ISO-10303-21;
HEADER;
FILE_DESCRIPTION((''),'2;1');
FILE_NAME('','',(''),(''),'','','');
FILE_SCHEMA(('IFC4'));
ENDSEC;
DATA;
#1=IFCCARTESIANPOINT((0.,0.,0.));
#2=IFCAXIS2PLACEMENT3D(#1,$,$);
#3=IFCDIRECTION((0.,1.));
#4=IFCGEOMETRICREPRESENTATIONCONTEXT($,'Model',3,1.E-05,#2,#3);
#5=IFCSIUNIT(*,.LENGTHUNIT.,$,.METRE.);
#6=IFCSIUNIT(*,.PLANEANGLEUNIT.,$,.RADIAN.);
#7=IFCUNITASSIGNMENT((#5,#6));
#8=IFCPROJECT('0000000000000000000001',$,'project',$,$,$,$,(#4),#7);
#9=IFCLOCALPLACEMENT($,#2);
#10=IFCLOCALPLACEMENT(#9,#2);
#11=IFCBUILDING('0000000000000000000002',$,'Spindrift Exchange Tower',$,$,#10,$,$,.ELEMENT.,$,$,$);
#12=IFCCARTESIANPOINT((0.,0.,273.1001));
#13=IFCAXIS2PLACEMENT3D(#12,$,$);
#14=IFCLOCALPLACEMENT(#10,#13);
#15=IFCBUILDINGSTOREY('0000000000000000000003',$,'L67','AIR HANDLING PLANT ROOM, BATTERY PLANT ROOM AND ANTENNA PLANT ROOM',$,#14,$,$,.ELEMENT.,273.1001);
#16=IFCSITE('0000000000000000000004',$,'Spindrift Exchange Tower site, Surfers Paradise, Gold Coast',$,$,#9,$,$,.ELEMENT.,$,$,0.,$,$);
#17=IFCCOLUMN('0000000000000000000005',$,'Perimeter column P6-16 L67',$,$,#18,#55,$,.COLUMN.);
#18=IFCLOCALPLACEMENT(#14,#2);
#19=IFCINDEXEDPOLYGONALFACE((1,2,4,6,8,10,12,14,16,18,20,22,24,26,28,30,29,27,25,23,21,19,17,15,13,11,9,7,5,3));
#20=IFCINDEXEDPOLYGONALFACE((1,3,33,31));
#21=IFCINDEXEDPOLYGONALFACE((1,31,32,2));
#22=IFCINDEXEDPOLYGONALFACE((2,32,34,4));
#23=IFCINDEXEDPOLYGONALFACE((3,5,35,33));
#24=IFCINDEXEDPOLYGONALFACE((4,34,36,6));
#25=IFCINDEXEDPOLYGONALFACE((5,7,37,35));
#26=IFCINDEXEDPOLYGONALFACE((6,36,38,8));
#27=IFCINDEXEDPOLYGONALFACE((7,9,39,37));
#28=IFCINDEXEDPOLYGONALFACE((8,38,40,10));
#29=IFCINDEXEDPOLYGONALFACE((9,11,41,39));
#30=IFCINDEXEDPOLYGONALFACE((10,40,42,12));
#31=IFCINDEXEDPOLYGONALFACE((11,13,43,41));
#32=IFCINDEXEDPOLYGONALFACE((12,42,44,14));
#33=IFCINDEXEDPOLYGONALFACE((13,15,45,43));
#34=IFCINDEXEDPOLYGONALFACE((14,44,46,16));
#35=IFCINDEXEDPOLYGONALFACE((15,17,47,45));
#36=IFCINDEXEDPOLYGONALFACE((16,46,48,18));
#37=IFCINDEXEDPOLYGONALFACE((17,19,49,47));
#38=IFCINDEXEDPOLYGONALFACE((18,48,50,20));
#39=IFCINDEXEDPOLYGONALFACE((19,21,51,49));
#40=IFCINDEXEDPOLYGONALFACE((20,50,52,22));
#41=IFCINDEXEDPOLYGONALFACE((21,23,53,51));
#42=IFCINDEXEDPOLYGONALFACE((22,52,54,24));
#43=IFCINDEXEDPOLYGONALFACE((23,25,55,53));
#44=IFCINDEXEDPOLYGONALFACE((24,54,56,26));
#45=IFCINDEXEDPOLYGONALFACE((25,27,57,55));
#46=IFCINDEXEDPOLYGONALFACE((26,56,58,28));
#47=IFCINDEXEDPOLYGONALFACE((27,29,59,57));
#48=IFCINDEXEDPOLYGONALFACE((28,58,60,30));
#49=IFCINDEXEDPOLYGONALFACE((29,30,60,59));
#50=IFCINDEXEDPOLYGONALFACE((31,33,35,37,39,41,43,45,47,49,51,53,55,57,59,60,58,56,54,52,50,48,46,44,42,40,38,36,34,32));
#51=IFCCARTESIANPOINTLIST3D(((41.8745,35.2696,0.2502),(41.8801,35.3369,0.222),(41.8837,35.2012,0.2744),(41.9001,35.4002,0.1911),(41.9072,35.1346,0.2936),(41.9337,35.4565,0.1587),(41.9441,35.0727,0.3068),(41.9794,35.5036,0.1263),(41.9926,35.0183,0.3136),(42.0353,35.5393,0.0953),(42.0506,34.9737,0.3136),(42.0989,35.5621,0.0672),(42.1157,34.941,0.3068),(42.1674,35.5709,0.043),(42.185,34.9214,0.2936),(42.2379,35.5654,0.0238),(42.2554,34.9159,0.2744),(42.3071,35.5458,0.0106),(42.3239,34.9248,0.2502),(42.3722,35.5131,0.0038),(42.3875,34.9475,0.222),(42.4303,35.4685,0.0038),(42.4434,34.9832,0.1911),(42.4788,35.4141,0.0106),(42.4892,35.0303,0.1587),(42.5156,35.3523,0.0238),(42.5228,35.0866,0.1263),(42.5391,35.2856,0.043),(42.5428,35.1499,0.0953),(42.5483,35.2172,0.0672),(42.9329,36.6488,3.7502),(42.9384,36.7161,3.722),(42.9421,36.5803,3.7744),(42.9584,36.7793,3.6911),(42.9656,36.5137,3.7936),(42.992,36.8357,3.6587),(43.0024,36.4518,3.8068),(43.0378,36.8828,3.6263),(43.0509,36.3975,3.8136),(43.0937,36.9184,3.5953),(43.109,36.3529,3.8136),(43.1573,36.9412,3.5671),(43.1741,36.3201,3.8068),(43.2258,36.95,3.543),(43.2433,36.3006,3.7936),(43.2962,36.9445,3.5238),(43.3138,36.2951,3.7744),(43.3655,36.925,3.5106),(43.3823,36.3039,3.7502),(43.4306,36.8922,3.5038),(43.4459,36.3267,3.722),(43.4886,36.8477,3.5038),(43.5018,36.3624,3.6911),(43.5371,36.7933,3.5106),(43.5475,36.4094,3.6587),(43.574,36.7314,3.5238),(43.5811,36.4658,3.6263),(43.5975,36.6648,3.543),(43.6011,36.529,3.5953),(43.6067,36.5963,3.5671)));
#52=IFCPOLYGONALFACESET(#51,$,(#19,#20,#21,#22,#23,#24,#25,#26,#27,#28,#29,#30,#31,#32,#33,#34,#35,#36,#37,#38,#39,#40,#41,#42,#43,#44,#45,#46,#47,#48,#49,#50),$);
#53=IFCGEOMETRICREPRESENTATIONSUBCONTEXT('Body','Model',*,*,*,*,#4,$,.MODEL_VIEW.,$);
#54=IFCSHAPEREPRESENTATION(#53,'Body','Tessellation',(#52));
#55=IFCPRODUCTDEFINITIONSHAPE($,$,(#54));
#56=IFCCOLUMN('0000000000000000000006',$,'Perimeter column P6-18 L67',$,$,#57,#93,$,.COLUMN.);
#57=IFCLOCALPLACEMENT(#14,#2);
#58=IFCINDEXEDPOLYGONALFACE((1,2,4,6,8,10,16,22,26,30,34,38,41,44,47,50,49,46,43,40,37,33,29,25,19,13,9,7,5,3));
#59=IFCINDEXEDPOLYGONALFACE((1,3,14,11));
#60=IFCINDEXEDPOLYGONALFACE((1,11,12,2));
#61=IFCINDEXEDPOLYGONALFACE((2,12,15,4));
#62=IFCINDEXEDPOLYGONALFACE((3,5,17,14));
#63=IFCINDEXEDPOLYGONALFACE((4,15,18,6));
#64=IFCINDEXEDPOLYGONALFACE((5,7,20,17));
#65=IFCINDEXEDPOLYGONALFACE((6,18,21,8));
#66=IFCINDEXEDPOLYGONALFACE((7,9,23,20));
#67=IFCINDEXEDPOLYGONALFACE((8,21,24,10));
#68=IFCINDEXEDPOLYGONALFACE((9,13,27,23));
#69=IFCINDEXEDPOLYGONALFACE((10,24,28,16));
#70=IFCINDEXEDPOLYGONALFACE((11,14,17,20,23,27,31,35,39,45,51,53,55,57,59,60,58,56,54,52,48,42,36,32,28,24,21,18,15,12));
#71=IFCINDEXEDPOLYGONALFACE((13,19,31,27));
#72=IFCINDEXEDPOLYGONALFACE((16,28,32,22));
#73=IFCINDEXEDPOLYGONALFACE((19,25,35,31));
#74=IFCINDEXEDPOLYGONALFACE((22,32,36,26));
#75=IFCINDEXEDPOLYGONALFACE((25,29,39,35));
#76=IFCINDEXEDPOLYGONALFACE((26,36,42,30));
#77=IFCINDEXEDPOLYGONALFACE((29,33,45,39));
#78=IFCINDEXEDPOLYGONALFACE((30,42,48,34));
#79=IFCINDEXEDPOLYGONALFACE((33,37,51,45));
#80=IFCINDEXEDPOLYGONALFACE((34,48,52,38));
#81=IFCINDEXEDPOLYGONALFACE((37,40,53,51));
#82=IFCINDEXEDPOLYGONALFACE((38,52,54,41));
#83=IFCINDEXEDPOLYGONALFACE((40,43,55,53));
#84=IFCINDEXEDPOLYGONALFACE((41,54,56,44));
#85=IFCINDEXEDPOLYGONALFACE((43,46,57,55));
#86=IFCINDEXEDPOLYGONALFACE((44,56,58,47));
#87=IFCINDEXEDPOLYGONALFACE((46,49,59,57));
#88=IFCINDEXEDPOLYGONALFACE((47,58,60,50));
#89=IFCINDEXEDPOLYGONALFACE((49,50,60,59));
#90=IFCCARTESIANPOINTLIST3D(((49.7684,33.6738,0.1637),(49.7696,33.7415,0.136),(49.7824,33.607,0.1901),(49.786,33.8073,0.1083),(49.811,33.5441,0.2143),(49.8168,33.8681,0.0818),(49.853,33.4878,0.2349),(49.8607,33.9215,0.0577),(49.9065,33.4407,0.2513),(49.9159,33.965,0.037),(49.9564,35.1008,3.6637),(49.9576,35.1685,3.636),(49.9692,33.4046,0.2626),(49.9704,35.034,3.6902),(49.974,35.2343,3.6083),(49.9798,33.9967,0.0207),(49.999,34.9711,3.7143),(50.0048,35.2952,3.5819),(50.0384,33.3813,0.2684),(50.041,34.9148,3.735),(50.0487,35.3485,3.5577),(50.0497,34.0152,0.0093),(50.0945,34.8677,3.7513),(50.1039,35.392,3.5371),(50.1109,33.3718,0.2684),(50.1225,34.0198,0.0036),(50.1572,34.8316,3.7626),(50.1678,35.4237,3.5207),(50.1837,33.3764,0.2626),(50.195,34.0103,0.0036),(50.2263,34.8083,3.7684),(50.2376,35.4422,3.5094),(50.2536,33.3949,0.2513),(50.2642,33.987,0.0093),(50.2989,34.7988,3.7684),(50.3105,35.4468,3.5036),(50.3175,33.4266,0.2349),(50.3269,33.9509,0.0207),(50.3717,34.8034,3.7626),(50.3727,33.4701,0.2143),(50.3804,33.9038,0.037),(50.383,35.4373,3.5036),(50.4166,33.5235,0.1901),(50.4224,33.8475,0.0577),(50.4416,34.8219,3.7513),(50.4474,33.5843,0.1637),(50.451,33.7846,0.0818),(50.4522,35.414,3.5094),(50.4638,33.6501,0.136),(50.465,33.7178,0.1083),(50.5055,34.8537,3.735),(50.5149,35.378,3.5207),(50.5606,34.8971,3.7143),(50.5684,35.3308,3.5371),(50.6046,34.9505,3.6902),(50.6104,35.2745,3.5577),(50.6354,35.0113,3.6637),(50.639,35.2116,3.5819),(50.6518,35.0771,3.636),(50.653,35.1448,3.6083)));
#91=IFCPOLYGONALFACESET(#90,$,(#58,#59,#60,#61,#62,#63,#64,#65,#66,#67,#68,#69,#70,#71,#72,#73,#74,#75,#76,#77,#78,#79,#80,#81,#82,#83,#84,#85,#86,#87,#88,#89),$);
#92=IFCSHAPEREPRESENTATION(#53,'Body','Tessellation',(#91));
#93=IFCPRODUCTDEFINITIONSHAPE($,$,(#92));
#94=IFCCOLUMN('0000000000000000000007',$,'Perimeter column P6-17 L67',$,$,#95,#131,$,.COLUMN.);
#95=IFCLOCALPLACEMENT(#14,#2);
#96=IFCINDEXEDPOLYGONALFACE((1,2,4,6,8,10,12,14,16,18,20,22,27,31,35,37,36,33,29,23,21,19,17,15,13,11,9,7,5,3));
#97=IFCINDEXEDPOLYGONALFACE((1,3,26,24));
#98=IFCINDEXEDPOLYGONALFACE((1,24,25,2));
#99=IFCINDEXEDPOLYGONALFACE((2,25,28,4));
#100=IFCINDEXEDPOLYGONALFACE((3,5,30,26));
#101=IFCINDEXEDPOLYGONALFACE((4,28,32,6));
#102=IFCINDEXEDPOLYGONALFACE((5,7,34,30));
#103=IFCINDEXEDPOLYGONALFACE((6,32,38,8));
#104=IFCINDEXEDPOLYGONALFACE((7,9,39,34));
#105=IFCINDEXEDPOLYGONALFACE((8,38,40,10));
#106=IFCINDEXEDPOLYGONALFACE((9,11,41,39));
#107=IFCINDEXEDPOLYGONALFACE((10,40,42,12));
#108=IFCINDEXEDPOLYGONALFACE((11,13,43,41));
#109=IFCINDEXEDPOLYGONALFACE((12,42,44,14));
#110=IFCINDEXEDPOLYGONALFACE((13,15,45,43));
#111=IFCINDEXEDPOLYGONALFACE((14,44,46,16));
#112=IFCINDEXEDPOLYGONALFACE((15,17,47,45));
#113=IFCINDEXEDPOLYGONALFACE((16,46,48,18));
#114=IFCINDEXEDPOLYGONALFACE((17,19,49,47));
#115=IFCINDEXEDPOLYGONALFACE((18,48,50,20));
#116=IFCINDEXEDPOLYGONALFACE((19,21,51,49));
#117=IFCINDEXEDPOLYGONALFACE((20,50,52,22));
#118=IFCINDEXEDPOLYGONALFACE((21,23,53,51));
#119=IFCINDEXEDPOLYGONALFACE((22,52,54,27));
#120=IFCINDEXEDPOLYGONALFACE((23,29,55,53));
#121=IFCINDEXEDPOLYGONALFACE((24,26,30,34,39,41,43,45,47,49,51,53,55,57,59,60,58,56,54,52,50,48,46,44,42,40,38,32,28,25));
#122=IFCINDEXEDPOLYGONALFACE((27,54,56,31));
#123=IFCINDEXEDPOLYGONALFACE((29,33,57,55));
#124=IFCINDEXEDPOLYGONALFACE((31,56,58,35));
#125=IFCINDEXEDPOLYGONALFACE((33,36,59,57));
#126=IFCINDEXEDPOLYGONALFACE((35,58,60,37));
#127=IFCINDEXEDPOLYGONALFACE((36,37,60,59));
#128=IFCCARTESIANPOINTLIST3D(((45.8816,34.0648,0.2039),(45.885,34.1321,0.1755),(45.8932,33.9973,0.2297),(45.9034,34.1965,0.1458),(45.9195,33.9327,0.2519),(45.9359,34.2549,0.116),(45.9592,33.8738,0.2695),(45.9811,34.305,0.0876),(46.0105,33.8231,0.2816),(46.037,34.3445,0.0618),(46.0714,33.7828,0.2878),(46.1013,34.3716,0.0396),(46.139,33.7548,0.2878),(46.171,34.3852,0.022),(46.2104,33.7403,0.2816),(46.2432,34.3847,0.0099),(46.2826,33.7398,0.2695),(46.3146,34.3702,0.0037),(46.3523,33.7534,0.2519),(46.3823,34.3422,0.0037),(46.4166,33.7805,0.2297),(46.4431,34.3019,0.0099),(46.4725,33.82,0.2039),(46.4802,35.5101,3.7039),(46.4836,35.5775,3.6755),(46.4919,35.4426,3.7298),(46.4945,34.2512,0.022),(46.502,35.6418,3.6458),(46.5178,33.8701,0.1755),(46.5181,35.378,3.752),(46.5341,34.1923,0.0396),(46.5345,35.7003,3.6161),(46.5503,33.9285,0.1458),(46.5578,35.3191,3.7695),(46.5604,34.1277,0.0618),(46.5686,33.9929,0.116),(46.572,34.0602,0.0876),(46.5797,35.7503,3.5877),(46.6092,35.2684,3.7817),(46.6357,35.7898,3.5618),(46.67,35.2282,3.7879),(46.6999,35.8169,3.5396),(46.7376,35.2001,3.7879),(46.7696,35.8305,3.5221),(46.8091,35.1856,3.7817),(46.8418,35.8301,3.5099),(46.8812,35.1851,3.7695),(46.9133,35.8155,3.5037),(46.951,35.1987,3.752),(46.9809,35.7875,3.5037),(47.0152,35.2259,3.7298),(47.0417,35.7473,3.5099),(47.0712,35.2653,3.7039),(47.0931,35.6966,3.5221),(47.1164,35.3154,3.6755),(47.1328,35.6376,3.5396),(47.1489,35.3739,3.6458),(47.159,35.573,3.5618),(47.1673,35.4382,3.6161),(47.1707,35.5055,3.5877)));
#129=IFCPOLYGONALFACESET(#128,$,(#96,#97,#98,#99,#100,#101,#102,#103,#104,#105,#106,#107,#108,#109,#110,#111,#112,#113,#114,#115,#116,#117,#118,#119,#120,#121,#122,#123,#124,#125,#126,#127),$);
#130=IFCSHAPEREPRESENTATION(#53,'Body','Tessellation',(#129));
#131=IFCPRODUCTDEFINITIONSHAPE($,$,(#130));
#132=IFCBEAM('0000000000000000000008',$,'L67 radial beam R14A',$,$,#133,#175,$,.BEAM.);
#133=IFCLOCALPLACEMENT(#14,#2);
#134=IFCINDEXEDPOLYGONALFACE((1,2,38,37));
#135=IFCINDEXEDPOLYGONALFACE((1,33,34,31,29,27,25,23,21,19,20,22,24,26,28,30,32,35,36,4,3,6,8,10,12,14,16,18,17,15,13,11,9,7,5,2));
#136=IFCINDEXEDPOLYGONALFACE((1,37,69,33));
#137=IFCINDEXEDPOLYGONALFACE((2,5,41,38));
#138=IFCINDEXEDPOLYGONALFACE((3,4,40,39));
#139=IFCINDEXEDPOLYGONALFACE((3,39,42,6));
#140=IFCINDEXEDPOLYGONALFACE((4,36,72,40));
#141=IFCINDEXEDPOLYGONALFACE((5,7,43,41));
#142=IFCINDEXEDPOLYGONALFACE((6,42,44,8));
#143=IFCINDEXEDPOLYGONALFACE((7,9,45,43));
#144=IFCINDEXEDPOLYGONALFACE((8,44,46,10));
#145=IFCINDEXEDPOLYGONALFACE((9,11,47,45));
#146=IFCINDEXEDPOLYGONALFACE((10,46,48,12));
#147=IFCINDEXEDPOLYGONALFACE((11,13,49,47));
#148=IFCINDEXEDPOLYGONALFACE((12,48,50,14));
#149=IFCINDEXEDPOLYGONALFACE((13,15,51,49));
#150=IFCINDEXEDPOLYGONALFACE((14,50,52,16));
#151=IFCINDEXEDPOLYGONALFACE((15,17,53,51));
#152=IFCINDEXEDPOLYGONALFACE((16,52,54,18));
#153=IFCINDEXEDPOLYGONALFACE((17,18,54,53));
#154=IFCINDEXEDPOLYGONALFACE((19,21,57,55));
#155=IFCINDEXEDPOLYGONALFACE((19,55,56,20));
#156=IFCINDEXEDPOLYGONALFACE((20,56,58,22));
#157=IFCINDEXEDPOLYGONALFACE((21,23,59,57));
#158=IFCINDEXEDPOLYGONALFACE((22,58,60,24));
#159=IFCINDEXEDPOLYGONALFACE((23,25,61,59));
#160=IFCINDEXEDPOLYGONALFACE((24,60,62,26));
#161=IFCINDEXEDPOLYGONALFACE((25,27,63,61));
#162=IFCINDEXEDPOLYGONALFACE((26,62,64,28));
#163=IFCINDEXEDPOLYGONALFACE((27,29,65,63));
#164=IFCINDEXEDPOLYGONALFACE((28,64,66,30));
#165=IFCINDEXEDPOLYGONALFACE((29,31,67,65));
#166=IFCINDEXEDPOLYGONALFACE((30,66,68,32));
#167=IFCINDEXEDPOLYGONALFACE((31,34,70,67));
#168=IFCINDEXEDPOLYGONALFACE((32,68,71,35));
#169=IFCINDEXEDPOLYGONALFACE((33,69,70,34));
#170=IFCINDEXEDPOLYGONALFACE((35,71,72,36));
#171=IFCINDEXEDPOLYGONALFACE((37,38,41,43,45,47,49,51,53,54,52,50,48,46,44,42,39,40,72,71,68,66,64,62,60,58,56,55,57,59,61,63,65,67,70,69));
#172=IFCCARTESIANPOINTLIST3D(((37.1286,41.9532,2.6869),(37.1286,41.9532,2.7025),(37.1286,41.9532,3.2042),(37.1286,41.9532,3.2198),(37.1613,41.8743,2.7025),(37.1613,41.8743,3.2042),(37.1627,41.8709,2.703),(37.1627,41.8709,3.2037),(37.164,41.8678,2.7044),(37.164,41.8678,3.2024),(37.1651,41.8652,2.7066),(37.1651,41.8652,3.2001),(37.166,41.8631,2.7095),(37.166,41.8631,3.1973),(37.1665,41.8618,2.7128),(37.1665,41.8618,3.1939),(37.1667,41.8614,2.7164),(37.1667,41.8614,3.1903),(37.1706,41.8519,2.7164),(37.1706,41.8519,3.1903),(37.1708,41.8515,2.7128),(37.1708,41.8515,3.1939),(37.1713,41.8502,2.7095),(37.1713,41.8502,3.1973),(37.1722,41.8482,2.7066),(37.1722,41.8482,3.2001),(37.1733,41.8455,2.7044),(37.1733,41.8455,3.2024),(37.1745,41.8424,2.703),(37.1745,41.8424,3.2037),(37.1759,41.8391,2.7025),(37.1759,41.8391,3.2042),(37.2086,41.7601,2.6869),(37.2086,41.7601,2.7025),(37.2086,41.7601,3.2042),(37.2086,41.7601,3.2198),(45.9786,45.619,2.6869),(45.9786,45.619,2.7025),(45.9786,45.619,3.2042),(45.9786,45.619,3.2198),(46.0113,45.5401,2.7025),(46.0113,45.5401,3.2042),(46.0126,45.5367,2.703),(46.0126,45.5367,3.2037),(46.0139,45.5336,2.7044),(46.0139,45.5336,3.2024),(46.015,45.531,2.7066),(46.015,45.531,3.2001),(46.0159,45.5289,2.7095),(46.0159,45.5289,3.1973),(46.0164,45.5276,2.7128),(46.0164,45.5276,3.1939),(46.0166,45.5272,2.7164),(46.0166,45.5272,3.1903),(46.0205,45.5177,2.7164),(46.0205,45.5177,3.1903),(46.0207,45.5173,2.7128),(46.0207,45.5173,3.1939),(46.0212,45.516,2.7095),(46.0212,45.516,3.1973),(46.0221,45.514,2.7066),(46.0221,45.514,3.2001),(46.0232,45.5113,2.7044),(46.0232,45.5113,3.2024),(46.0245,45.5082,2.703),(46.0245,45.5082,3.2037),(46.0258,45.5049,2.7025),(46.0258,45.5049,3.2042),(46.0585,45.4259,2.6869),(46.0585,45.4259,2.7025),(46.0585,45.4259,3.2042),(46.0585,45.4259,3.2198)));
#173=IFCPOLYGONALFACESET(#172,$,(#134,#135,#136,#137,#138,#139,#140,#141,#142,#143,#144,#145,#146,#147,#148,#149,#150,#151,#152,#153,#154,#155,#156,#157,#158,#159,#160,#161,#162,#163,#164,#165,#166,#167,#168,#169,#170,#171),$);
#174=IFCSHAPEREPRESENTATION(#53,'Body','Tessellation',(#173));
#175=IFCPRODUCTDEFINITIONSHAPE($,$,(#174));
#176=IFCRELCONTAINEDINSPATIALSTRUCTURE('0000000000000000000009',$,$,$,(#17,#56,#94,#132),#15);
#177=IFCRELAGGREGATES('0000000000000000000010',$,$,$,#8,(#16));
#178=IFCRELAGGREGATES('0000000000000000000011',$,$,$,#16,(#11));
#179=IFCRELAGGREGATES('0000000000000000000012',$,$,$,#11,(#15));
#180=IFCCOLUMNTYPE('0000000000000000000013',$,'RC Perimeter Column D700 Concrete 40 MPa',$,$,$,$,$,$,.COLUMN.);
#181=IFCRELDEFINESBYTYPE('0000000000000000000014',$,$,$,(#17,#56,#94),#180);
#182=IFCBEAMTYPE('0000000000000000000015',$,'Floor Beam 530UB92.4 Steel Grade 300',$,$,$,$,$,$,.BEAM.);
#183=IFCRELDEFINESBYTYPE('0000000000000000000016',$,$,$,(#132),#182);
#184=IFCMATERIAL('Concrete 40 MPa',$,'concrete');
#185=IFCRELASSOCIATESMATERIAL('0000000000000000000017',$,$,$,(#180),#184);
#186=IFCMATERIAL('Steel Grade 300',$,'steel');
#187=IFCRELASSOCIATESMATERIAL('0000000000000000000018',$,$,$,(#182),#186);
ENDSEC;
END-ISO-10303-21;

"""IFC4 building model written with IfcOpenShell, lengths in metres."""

from ifc_helpers import new_model, si_unit, direction, frame, origin, origin_2d, place, context, subcontext, project, spatial, circle, i_section, extrude, source, transform, mapped, material, material_profile, profile_set, type_object, element, save


model = new_model("IFC4")

# Units and contexts
model_context = context("Model", 3, precision=1e-05, world=origin(), true_north=direction((0.0, 1.0)))
body_context = subcontext(model_context, "Body", "Model", "MODEL_VIEW")
ifc_project = project(units=[si_unit("LENGTHUNIT", "METRE"), si_unit("PLANEANGLEUNIT", "RADIAN")], contexts=[model_context])

# Site, building, storey
site_placement = place(None, origin())
site = spatial("IfcSite", under=ifc_project, at=site_placement, Name="Spindrift Exchange Tower site, Surfers Paradise, Gold Coast", CompositionType="ELEMENT", RefElevation=0.0)
building_placement = place(site_placement, origin())
building = spatial("IfcBuilding", under=site, at=building_placement, Name="Spindrift Exchange Tower", CompositionType="ELEMENT")
storey_placement = place(building_placement, frame((0.0, 0.0, 273.1001)))
storey = spatial("IfcBuildingStorey", under=building, at=storey_placement, Name="L67", Description="AIR HANDLING PLANT ROOM, BATTERY PLANT ROOM AND ANTENNA PLANT ROOM", CompositionType="ELEMENT", Elevation=273.1001)

# Columns
ifc_material_1 = material(Name="Concrete 40 MPa", Category="concrete")
ifc_material_profile_1 = material_profile(ifc_material_1, circle(Radius=0.3501, at=origin_2d()), Name="RC D700")
ifc_profile_set_1 = profile_set([ifc_material_profile_1], Name="Concrete 40 MPa")
column_type = type_object("IfcColumnType", Name="RC Perimeter Column D700 Concrete 40 MPa", PredefinedType="COLUMN", material=ifc_profile_set_1)
shared_shape_1 = source(origin(), body_context, "Body", "SweptSolid", [
    extrude(circle(Radius=0.3501, at=origin_2d()), origin(), (0.0, 0.0, 1.0), 3.908),
])
column_1_placement = place(storey_placement, frame((42.2114, 35.2434, 0.1587), z_axis=(0.270819, 0.352908, 0.895608), x_axis=(-0.793328, 0.608794, 0.0)))
element("IfcColumn", 1, at=column_1_placement, inside=storey, type_object=column_type, Name="Perimeter column P6-16 L67", PredefinedType="COLUMN", context=body_context, shape_type="MappedRepresentation", body=[
    mapped(shared_shape_1, transform((0.0, 0.0, 0.0), scale=1.0)),
])
shared_shape_2 = source(origin(), body_context, "Body", "SweptSolid", [
    extrude(circle(Radius=0.3501, at=origin_2d()), origin(), (0.0, 0.0, 1.0), 3.7844),
])
column_2_placement = place(storey_placement, frame((50.1167, 33.6958, 0.136), z_axis=(0.049675, 0.377075, 0.92485), x_axis=(-0.991434, 0.130608, 0.0)))
element("IfcColumn", 2, at=column_2_placement, inside=storey, type_object=column_type, Name="Perimeter column P6-18 L67", PredefinedType="COLUMN", context=body_context, shape_type="MappedRepresentation", body=[
    mapped(shared_shape_2, transform((0.0, 0.0, 0.0), scale=1.0)),
])
shared_shape_3 = source(origin(), body_context, "Body", "SweptSolid", [
    extrude(circle(Radius=0.3501, at=origin_2d()), origin(), (0.0, 0.0, 1.0), 3.8337),
])
column_3_placement = place(storey_placement, frame((46.2268, 34.0625, 0.1458), z_axis=(0.15615, 0.377002, 0.912955), x_axis=(-0.923887, 0.382664, 0.0)))
element("IfcColumn", 3, at=column_3_placement, inside=storey, type_object=column_type, Name="Perimeter column P6-17 L67", PredefinedType="COLUMN", context=body_context, shape_type="MappedRepresentation", body=[
    mapped(shared_shape_3, transform((0.0, 0.0, 0.0), scale=1.0)),
])

# Beam
ifc_material_2 = material(Name="Steel Grade 300", Category="steel")
ifc_material_profile_2 = material_profile(ifc_material_2, i_section(OverallWidth=0.209, OverallDepth=0.533, WebThickness=0.0103, FlangeThickness=0.0156, FilletRadius=0.0139, at=origin_2d()), Name="530UB92.4")
ifc_profile_set_2 = profile_set([ifc_material_profile_2], Name="Steel Grade 300")
beam_type_1 = type_object("IfcBeamType", Name="Floor Beam 530UB92.4 Steel Grade 300", PredefinedType="BEAM", material=ifc_profile_set_2)
shared_shape_4 = source(origin(), body_context, "Body", "SweptSolid", [
    extrude(i_section(OverallWidth=0.209, OverallDepth=0.533, WebThickness=0.0103, FlangeThickness=0.0156, FilletRadius=0.0139, at=origin_2d()), origin(), (0.0, 0.0, 1.0), 9.5791),
])
beam_1_placement = place(storey_placement, frame((46.0186, 45.5225, 2.9534), z_axis=(-0.923878, -0.382687, 0.0), x_axis=(0.382687, -0.923878, 0.0)))
element("IfcBeam", 4, at=beam_1_placement, inside=storey, type_object=beam_type_1, Name="L67 radial beam R14A", PredefinedType="BEAM", context=body_context, shape_type="MappedRepresentation", body=[
    mapped(shared_shape_4, transform((0.0, 0.0, 0.0), scale=1.0)),
])

save(model, "model.ifc")
